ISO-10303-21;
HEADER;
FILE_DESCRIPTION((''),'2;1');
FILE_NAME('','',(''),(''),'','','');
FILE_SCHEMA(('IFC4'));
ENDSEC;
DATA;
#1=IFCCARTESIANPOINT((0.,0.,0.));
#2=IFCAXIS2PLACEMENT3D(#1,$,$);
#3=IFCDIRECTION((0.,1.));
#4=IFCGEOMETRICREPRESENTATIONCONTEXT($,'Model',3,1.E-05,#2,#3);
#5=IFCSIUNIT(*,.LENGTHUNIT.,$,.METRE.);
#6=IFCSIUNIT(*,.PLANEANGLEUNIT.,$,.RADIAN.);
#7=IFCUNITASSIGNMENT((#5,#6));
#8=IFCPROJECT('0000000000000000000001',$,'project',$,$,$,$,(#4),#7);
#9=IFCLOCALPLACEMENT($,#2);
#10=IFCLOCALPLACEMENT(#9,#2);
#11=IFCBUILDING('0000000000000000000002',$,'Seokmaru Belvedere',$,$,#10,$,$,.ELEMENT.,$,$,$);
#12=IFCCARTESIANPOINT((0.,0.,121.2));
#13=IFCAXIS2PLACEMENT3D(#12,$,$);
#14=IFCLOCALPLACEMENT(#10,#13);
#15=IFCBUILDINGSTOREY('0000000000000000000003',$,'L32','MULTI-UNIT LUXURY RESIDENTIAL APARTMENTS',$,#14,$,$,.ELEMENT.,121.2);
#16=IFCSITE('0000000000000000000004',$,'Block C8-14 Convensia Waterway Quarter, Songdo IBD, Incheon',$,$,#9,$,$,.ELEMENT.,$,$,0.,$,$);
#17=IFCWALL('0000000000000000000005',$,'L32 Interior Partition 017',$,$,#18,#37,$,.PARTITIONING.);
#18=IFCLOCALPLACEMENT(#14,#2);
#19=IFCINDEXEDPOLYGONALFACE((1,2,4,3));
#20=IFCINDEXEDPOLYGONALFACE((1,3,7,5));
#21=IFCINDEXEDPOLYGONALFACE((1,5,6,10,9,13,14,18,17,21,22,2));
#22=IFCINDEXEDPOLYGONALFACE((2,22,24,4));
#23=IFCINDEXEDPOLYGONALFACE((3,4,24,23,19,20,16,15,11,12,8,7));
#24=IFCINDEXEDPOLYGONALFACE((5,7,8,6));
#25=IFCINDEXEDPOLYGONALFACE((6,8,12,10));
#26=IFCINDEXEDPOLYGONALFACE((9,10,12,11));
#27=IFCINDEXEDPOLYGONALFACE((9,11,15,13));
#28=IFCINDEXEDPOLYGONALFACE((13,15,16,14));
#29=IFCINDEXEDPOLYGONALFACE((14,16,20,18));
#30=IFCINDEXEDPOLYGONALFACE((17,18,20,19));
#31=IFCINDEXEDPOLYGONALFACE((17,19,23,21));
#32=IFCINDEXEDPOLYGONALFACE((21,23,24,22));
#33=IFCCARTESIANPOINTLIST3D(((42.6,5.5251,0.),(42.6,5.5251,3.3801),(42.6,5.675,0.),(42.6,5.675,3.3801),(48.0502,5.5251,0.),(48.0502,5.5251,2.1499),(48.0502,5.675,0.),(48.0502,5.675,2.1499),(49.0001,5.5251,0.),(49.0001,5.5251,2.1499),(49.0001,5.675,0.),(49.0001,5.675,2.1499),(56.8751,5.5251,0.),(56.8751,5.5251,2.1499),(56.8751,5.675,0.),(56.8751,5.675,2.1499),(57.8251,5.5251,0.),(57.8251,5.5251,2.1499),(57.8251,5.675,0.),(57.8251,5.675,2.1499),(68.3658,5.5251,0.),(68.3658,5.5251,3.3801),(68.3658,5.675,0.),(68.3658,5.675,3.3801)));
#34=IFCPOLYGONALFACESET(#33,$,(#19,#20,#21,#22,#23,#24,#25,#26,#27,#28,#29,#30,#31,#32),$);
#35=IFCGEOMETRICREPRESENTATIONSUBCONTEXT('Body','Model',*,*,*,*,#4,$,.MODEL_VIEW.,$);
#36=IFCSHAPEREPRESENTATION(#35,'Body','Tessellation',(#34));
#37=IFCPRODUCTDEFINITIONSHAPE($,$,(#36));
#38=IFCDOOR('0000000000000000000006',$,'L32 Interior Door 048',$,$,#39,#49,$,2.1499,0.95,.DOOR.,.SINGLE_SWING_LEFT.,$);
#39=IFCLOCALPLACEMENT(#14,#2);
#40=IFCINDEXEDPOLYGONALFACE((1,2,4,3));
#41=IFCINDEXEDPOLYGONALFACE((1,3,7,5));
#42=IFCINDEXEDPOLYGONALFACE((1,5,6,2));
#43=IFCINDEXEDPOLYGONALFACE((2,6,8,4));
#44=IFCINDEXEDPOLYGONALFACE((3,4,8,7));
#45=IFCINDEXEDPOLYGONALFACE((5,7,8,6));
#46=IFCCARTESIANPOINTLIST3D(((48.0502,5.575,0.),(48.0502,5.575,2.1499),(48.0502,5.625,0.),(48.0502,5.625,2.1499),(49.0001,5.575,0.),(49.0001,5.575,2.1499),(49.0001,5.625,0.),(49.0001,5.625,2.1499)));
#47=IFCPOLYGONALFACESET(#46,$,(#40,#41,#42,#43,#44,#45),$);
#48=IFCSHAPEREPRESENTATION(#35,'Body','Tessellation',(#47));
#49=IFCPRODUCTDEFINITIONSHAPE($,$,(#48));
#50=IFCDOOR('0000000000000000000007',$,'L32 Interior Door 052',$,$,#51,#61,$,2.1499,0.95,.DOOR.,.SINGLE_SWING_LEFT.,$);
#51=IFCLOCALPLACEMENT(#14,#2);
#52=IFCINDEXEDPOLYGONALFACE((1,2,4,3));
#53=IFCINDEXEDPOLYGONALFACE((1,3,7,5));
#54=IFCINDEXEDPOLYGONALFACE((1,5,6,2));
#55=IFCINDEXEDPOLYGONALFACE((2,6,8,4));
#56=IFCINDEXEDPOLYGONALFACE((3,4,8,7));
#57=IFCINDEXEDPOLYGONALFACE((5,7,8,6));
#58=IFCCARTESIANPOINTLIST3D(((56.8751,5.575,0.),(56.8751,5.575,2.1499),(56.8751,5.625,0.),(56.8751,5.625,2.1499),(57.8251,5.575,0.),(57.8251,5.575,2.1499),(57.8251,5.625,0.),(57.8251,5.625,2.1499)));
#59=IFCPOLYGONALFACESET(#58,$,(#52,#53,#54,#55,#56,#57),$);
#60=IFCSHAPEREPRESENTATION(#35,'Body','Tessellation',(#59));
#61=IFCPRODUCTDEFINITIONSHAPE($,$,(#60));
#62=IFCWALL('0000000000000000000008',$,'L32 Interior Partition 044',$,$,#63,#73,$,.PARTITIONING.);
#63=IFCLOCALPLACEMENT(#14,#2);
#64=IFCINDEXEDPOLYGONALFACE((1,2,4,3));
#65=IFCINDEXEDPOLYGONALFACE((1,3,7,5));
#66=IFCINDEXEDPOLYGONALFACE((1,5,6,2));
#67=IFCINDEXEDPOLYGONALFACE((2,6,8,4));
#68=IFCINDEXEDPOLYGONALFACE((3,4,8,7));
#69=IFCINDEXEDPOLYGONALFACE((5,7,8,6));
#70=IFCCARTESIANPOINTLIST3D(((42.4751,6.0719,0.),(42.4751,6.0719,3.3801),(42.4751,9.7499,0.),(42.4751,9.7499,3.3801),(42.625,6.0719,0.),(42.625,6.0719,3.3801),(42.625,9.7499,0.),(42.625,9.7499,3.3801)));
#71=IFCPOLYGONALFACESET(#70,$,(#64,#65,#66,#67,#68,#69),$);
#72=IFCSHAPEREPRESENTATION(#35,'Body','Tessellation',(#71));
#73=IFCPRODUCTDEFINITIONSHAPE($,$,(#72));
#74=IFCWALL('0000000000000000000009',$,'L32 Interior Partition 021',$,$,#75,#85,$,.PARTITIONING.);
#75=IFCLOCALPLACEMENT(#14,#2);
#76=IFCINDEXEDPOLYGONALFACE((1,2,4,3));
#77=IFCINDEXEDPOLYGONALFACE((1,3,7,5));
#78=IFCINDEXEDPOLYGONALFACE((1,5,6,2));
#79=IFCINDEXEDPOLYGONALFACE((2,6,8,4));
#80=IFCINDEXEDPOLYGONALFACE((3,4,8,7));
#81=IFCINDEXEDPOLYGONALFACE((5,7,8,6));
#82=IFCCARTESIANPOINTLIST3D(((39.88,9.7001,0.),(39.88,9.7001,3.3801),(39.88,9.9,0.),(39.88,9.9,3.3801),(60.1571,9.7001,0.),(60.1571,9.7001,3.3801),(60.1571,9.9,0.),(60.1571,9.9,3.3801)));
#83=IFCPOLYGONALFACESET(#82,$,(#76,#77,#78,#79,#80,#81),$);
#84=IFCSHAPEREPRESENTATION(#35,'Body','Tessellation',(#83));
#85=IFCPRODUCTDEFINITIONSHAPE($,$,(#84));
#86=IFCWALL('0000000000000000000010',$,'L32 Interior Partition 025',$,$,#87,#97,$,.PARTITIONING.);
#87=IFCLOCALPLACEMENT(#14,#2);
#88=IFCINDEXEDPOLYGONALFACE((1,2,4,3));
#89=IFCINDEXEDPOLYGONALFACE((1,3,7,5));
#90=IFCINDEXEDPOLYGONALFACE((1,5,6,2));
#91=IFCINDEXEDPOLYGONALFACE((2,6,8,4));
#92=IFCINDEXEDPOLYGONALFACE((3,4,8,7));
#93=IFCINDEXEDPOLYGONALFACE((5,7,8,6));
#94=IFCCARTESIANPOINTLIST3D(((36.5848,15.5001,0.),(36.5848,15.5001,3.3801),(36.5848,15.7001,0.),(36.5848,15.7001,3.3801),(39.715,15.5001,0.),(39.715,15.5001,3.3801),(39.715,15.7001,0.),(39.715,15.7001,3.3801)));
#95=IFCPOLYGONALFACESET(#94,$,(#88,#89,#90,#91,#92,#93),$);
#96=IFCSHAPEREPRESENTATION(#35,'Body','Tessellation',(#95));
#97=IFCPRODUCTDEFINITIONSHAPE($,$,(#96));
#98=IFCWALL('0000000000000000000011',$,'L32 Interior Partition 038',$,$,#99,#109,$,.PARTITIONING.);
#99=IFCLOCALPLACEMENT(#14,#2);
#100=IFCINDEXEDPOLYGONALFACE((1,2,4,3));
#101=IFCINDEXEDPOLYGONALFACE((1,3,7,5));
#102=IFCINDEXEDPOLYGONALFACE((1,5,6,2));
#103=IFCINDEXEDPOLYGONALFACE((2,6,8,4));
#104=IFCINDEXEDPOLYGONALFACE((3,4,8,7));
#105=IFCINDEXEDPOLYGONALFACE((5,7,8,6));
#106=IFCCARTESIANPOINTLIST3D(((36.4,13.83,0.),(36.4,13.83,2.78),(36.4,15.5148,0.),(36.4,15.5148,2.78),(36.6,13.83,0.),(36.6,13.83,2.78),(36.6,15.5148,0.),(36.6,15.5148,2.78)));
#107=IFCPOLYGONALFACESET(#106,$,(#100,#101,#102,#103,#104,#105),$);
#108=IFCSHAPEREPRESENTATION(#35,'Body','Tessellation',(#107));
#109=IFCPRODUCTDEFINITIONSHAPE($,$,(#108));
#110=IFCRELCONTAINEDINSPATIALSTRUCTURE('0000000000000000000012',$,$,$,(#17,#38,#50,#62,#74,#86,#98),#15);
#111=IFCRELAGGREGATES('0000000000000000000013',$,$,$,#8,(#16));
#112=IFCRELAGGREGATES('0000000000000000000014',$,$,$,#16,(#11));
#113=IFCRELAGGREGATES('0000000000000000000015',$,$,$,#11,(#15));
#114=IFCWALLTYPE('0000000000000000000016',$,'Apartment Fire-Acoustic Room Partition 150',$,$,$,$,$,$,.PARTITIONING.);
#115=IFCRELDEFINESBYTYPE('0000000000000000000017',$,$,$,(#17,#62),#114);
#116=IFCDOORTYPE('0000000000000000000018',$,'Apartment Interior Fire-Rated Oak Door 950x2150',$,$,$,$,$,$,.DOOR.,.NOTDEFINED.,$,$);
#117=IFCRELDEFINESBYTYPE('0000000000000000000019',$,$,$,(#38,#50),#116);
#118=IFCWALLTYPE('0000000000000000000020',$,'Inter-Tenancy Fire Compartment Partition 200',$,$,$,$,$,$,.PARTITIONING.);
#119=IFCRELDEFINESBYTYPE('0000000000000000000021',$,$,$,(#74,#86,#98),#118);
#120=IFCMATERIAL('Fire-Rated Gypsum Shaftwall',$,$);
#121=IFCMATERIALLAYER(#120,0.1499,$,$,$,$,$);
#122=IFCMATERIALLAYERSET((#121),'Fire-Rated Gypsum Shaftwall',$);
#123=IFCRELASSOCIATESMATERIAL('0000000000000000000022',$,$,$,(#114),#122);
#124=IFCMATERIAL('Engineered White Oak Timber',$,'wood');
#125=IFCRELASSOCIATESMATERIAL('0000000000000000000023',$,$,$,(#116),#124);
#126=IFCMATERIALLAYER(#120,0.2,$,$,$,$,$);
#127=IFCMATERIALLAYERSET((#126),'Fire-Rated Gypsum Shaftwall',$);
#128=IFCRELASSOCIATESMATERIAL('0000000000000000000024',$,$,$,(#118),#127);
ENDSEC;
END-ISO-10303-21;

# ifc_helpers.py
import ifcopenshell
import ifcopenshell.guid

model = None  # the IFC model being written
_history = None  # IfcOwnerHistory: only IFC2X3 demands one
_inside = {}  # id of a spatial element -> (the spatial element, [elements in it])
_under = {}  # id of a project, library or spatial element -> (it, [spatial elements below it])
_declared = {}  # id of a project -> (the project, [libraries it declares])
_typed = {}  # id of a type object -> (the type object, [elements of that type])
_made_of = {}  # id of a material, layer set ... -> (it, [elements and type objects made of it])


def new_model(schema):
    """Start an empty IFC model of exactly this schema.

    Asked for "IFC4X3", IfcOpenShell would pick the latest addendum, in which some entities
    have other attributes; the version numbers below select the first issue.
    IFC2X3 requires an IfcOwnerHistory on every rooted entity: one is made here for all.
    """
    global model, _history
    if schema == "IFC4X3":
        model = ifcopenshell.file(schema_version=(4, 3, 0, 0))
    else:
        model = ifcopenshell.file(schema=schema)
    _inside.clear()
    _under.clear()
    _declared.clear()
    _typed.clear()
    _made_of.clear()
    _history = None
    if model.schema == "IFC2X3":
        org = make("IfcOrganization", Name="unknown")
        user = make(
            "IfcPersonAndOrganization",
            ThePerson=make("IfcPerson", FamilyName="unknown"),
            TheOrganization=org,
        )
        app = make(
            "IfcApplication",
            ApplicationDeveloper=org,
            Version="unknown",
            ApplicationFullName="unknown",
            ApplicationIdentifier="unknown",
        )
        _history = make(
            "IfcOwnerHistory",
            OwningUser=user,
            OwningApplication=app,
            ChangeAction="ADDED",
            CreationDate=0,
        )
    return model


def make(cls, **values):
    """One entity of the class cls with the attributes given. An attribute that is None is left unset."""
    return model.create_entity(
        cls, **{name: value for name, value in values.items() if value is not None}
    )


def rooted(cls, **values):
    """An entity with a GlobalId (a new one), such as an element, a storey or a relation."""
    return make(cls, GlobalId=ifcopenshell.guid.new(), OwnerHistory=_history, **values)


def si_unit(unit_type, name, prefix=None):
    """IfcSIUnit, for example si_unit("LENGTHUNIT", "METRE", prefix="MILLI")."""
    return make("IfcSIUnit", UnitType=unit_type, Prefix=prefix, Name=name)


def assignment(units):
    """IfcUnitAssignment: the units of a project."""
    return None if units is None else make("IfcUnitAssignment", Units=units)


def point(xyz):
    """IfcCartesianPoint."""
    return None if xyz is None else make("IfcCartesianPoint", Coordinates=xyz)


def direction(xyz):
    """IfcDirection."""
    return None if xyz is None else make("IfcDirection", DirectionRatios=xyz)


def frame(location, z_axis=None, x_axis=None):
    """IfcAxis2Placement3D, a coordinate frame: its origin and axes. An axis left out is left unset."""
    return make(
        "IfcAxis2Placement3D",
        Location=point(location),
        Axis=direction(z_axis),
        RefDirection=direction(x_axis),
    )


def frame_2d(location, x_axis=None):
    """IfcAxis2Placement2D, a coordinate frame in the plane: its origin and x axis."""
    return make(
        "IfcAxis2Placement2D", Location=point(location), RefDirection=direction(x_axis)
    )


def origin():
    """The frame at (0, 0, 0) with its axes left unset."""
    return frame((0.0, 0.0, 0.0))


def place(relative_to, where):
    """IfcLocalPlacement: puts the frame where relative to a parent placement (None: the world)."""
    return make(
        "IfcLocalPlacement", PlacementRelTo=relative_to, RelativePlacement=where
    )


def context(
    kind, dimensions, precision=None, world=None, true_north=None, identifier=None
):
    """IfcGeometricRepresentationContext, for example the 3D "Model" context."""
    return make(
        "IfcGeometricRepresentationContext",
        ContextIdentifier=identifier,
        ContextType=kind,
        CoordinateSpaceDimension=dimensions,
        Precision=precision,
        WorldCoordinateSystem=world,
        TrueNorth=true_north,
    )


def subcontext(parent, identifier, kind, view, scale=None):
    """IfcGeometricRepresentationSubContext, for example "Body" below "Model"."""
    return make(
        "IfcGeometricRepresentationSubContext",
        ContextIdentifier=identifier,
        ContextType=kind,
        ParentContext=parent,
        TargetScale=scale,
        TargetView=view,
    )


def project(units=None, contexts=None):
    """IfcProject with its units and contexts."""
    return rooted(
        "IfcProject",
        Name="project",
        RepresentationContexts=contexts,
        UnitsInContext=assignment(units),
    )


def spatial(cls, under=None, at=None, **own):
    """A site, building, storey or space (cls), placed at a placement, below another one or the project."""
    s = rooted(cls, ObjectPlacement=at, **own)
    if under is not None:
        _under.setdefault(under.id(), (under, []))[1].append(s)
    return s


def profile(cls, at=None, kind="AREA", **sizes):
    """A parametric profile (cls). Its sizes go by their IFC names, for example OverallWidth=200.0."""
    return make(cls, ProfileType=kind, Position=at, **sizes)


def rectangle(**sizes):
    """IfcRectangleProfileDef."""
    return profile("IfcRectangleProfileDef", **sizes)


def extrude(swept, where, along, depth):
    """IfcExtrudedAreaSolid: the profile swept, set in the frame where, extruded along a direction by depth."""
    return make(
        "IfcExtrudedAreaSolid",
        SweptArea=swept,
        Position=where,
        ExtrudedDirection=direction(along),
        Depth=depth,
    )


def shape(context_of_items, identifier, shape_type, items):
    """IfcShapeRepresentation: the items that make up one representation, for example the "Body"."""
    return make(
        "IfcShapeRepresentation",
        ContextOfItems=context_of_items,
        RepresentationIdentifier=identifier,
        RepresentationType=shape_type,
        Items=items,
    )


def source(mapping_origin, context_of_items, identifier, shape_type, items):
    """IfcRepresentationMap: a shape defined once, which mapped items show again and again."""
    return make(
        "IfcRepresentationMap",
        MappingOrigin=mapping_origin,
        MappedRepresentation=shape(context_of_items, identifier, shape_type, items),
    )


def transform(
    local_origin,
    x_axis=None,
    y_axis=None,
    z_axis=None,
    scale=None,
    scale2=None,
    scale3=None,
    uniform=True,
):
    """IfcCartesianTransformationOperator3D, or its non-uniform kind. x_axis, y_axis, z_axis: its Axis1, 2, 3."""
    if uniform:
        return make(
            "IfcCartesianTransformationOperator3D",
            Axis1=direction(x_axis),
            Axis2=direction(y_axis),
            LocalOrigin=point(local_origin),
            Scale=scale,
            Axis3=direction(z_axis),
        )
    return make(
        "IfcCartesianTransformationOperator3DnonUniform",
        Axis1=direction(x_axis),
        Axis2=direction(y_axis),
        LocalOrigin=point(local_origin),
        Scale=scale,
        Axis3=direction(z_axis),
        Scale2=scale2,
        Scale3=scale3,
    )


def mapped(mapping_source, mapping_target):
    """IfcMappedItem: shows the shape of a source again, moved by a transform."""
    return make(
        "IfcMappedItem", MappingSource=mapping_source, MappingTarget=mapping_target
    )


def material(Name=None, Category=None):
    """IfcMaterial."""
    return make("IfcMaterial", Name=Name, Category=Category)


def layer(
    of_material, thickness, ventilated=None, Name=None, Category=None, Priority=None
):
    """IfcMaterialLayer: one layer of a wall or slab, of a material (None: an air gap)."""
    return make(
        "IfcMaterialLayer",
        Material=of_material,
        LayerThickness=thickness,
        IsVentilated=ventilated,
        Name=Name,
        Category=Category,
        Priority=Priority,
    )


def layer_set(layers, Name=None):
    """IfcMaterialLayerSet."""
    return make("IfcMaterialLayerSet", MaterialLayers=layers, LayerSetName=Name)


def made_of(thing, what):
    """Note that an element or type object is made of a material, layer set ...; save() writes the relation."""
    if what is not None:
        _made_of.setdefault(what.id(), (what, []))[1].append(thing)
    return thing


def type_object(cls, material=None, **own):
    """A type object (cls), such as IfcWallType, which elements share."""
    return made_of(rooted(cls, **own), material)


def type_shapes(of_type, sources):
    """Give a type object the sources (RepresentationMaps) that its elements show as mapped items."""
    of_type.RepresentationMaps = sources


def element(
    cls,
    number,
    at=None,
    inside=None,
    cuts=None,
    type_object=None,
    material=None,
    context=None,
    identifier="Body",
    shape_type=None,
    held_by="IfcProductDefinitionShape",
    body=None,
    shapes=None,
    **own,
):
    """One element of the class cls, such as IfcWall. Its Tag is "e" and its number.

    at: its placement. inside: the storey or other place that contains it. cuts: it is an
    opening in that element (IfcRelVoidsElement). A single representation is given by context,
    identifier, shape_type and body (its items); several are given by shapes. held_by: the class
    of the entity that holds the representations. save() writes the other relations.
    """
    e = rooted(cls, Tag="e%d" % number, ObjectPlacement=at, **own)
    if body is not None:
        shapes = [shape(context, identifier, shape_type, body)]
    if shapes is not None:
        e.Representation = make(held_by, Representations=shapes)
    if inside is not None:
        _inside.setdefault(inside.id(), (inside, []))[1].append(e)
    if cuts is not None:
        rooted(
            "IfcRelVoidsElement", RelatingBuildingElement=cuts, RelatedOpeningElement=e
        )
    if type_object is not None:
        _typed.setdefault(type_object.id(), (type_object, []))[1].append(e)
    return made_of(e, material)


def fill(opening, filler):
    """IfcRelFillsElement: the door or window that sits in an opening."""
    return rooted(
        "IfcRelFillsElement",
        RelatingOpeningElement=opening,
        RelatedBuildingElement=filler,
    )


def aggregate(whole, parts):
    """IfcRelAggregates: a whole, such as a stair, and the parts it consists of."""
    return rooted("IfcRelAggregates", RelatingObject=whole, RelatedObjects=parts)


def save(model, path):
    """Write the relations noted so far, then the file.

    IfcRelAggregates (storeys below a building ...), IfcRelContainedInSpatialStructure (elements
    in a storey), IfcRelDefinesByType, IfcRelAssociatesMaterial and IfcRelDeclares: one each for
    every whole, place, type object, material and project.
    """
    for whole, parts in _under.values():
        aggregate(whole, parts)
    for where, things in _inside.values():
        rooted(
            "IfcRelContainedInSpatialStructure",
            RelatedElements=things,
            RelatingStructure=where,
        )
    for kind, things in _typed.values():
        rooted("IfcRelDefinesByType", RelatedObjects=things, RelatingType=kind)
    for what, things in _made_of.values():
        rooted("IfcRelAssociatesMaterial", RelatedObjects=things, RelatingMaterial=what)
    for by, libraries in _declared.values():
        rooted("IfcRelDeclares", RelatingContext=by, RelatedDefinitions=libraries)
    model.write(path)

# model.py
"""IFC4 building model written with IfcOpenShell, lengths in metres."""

from ifc_helpers import new_model, si_unit, direction, frame, frame_2d, origin, place, context, subcontext, project, spatial, rectangle, extrude, source, transform, mapped, material, layer, layer_set, type_object, type_shapes, element, fill, save


model = new_model("IFC4")

# Units and contexts
model_context = context("Model", 3, precision=1e-05, world=origin(), true_north=direction((0.0, 1.0)))
body_context = subcontext(model_context, "Body", "Model", "MODEL_VIEW")
ifc_project = project(units=[si_unit("LENGTHUNIT", "METRE"), si_unit("PLANEANGLEUNIT", "RADIAN")], contexts=[model_context])

# Site, building, storey
site_placement = place(None, origin())
site = spatial("IfcSite", under=ifc_project, at=site_placement, Name="Block C8-14 Convensia Waterway Quarter, Songdo IBD, Incheon", CompositionType="ELEMENT", RefElevation=0.0)
building_placement = place(site_placement, origin())
building = spatial("IfcBuilding", under=site, at=building_placement, Name="Seokmaru Belvedere", CompositionType="ELEMENT")
storey_placement = place(building_placement, frame((0.0, 0.0, 121.2)))
storey = spatial("IfcBuildingStorey", under=building, at=storey_placement, Name="L32", Description="MULTI-UNIT LUXURY RESIDENTIAL APARTMENTS", CompositionType="ELEMENT", Elevation=121.2)

# Wall, openings, doors
ifc_material_1 = material(Name="Fire-Rated Gypsum Shaftwall")
ifc_layer_1 = layer(ifc_material_1, 0.1499)
ifc_layer_set_1 = layer_set([ifc_layer_1], Name="Fire-Rated Gypsum Shaftwall")
wall_type_1 = type_object("IfcWallType", Name="Apartment Fire-Acoustic Room Partition 150", PredefinedType="PARTITIONING", material=ifc_layer_set_1)
wall_1_placement = place(storey_placement, frame((42.6001, 5.6001, 0.0), z_axis=(0.0, 0.0, 1.0), x_axis=(1.0, 0.0, 0.0)))
wall_1 = element("IfcWall", 1, at=wall_1_placement, inside=storey, type_object=wall_type_1, Name="L32 Interior Partition 017", PredefinedType="PARTITIONING", context=body_context, shape_type="SweptSolid", body=[
    extrude(rectangle(XDim=25.7659, YDim=0.1499, at=frame_2d((12.8828, 0.0))), origin(), (0.0, 0.0, 1.0), 3.3801),
])
opening_1_placement = place(wall_1_placement, frame((5.45, 0.0, 0.0)))
opening_1 = element("IfcOpeningElement", 2, at=opening_1_placement, cuts=wall_1, PredefinedType="OPENING", context=body_context, shape_type="SweptSolid", body=[
    extrude(rectangle(XDim=0.95, YDim=2.1499, at=frame_2d((0.4751, 1.075))), frame((0.0, 0.085, 0.0), z_axis=(0.0, -1.0, 0.0), x_axis=(1.0, 0.0, 0.0)), (0.0, 0.0, 1.0), 0.1699),
])
opening_2_placement = place(wall_1_placement, frame((14.2749, 0.0, 0.0)))
opening_2 = element("IfcOpeningElement", 3, at=opening_2_placement, cuts=wall_1, PredefinedType="OPENING", context=body_context, shape_type="SweptSolid", body=[
    extrude(rectangle(XDim=0.95, YDim=2.1499, at=frame_2d((0.4751, 1.075))), frame((0.0, 0.085, 0.0), z_axis=(0.0, -1.0, 0.0), x_axis=(1.0, 0.0, 0.0)), (0.0, 0.0, 1.0), 0.1699),
])
ifc_material_2 = material(Name="Engineered White Oak Timber", Category="wood")
door_type_1 = type_object("IfcDoorType", Name="Apartment Interior Fire-Rated Oak Door 950x2150", OperationType="NOTDEFINED", PredefinedType="DOOR", material=ifc_material_2)
shared_shape_1 = source(origin(), body_context, "Body", "SweptSolid", [
    extrude(rectangle(XDim=0.95, YDim=2.1499, at=frame_2d((0.4751, 1.075))), frame((0.0, 0.0249, 0.0), z_axis=(0.0, -1.0, 0.0), x_axis=(1.0, 0.0, 0.0)), (0.0, 0.0, 1.0), 0.05),
])
type_shapes(door_type_1, [shared_shape_1])
door_1_placement = place(opening_1_placement, origin())
door_1 = element("IfcDoor", 4, at=door_1_placement, inside=storey, type_object=door_type_1, Name="L32 Interior Door 048", OperationType="SINGLE_SWING_LEFT", OverallHeight=2.1499, OverallWidth=0.95, PredefinedType="DOOR", context=body_context, shape_type="MappedRepresentation", body=[
    mapped(shared_shape_1, transform((0.0, 0.0, 0.0), scale=1.0)),
])
fill(opening_1, door_1)
door_2_placement = place(opening_2_placement, origin())
door_2 = element("IfcDoor", 5, at=door_2_placement, inside=storey, type_object=door_type_1, Name="L32 Interior Door 052", OperationType="SINGLE_SWING_LEFT", OverallHeight=2.1499, OverallWidth=0.95, PredefinedType="DOOR", context=body_context, shape_type="MappedRepresentation", body=[
    mapped(shared_shape_1, transform((0.0, 0.0, 0.0), scale=1.0)),
])
fill(opening_2, door_2)

# Walls
wall_2_placement = place(storey_placement, frame((42.55, 6.072, 0.0), z_axis=(0.0, 0.0, 1.0), x_axis=(0.0, 1.0, 0.0)))
element("IfcWall", 6, at=wall_2_placement, inside=storey, type_object=wall_type_1, Name="L32 Interior Partition 044", PredefinedType="PARTITIONING", context=body_context, shape_type="SweptSolid", body=[
    extrude(rectangle(XDim=3.678, YDim=0.1499, at=frame_2d((1.8389, 0.0))), origin(), (0.0, 0.0, 1.0), 3.3801),
])
ifc_layer_2 = layer(ifc_material_1, 0.2)
ifc_layer_set_2 = layer_set([ifc_layer_2], Name="Fire-Rated Gypsum Shaftwall")
wall_type_2 = type_object("IfcWallType", Name="Inter-Tenancy Fire Compartment Partition 200", PredefinedType="PARTITIONING", material=ifc_layer_set_2)
wall_3_placement = place(storey_placement, frame((39.8799, 9.8, 0.0), z_axis=(0.0, 0.0, 1.0), x_axis=(1.0, 0.0, 0.0)))
element("IfcWall", 7, at=wall_3_placement, inside=storey, type_object=wall_type_2, Name="L32 Interior Partition 021", PredefinedType="PARTITIONING", context=body_context, shape_type="SweptSolid", body=[
    extrude(rectangle(XDim=20.2771, YDim=0.2, at=frame_2d((10.1387, 0.0))), origin(), (0.0, 0.0, 1.0), 3.3801),
])
wall_4_placement = place(storey_placement, frame((36.585, 15.6001, 0.0), z_axis=(0.0, 0.0, 1.0), x_axis=(1.0, 0.0, 0.0)))
element("IfcWall", 8, at=wall_4_placement, inside=storey, type_object=wall_type_2, Name="L32 Interior Partition 025", PredefinedType="PARTITIONING", context=body_context, shape_type="SweptSolid", body=[
    extrude(rectangle(XDim=3.1301, YDim=0.2, at=frame_2d((1.5649, 0.0))), origin(), (0.0, 0.0, 1.0), 3.3801),
])
wall_5_placement = place(storey_placement, frame((36.5, 13.8301, 0.0), z_axis=(0.0, 0.0, 1.0), x_axis=(0.0, 1.0, 0.0)))
element("IfcWall", 9, at=wall_5_placement, inside=storey, type_object=wall_type_2, Name="L32 Interior Partition 038", PredefinedType="PARTITIONING", context=body_context, shape_type="SweptSolid", body=[
    extrude(rectangle(XDim=1.6848, YDim=0.2, at=frame_2d((0.8423, 0.0))), origin(), (0.0, 0.0, 1.0), 2.78),
])

save(model, "model.ifc")
